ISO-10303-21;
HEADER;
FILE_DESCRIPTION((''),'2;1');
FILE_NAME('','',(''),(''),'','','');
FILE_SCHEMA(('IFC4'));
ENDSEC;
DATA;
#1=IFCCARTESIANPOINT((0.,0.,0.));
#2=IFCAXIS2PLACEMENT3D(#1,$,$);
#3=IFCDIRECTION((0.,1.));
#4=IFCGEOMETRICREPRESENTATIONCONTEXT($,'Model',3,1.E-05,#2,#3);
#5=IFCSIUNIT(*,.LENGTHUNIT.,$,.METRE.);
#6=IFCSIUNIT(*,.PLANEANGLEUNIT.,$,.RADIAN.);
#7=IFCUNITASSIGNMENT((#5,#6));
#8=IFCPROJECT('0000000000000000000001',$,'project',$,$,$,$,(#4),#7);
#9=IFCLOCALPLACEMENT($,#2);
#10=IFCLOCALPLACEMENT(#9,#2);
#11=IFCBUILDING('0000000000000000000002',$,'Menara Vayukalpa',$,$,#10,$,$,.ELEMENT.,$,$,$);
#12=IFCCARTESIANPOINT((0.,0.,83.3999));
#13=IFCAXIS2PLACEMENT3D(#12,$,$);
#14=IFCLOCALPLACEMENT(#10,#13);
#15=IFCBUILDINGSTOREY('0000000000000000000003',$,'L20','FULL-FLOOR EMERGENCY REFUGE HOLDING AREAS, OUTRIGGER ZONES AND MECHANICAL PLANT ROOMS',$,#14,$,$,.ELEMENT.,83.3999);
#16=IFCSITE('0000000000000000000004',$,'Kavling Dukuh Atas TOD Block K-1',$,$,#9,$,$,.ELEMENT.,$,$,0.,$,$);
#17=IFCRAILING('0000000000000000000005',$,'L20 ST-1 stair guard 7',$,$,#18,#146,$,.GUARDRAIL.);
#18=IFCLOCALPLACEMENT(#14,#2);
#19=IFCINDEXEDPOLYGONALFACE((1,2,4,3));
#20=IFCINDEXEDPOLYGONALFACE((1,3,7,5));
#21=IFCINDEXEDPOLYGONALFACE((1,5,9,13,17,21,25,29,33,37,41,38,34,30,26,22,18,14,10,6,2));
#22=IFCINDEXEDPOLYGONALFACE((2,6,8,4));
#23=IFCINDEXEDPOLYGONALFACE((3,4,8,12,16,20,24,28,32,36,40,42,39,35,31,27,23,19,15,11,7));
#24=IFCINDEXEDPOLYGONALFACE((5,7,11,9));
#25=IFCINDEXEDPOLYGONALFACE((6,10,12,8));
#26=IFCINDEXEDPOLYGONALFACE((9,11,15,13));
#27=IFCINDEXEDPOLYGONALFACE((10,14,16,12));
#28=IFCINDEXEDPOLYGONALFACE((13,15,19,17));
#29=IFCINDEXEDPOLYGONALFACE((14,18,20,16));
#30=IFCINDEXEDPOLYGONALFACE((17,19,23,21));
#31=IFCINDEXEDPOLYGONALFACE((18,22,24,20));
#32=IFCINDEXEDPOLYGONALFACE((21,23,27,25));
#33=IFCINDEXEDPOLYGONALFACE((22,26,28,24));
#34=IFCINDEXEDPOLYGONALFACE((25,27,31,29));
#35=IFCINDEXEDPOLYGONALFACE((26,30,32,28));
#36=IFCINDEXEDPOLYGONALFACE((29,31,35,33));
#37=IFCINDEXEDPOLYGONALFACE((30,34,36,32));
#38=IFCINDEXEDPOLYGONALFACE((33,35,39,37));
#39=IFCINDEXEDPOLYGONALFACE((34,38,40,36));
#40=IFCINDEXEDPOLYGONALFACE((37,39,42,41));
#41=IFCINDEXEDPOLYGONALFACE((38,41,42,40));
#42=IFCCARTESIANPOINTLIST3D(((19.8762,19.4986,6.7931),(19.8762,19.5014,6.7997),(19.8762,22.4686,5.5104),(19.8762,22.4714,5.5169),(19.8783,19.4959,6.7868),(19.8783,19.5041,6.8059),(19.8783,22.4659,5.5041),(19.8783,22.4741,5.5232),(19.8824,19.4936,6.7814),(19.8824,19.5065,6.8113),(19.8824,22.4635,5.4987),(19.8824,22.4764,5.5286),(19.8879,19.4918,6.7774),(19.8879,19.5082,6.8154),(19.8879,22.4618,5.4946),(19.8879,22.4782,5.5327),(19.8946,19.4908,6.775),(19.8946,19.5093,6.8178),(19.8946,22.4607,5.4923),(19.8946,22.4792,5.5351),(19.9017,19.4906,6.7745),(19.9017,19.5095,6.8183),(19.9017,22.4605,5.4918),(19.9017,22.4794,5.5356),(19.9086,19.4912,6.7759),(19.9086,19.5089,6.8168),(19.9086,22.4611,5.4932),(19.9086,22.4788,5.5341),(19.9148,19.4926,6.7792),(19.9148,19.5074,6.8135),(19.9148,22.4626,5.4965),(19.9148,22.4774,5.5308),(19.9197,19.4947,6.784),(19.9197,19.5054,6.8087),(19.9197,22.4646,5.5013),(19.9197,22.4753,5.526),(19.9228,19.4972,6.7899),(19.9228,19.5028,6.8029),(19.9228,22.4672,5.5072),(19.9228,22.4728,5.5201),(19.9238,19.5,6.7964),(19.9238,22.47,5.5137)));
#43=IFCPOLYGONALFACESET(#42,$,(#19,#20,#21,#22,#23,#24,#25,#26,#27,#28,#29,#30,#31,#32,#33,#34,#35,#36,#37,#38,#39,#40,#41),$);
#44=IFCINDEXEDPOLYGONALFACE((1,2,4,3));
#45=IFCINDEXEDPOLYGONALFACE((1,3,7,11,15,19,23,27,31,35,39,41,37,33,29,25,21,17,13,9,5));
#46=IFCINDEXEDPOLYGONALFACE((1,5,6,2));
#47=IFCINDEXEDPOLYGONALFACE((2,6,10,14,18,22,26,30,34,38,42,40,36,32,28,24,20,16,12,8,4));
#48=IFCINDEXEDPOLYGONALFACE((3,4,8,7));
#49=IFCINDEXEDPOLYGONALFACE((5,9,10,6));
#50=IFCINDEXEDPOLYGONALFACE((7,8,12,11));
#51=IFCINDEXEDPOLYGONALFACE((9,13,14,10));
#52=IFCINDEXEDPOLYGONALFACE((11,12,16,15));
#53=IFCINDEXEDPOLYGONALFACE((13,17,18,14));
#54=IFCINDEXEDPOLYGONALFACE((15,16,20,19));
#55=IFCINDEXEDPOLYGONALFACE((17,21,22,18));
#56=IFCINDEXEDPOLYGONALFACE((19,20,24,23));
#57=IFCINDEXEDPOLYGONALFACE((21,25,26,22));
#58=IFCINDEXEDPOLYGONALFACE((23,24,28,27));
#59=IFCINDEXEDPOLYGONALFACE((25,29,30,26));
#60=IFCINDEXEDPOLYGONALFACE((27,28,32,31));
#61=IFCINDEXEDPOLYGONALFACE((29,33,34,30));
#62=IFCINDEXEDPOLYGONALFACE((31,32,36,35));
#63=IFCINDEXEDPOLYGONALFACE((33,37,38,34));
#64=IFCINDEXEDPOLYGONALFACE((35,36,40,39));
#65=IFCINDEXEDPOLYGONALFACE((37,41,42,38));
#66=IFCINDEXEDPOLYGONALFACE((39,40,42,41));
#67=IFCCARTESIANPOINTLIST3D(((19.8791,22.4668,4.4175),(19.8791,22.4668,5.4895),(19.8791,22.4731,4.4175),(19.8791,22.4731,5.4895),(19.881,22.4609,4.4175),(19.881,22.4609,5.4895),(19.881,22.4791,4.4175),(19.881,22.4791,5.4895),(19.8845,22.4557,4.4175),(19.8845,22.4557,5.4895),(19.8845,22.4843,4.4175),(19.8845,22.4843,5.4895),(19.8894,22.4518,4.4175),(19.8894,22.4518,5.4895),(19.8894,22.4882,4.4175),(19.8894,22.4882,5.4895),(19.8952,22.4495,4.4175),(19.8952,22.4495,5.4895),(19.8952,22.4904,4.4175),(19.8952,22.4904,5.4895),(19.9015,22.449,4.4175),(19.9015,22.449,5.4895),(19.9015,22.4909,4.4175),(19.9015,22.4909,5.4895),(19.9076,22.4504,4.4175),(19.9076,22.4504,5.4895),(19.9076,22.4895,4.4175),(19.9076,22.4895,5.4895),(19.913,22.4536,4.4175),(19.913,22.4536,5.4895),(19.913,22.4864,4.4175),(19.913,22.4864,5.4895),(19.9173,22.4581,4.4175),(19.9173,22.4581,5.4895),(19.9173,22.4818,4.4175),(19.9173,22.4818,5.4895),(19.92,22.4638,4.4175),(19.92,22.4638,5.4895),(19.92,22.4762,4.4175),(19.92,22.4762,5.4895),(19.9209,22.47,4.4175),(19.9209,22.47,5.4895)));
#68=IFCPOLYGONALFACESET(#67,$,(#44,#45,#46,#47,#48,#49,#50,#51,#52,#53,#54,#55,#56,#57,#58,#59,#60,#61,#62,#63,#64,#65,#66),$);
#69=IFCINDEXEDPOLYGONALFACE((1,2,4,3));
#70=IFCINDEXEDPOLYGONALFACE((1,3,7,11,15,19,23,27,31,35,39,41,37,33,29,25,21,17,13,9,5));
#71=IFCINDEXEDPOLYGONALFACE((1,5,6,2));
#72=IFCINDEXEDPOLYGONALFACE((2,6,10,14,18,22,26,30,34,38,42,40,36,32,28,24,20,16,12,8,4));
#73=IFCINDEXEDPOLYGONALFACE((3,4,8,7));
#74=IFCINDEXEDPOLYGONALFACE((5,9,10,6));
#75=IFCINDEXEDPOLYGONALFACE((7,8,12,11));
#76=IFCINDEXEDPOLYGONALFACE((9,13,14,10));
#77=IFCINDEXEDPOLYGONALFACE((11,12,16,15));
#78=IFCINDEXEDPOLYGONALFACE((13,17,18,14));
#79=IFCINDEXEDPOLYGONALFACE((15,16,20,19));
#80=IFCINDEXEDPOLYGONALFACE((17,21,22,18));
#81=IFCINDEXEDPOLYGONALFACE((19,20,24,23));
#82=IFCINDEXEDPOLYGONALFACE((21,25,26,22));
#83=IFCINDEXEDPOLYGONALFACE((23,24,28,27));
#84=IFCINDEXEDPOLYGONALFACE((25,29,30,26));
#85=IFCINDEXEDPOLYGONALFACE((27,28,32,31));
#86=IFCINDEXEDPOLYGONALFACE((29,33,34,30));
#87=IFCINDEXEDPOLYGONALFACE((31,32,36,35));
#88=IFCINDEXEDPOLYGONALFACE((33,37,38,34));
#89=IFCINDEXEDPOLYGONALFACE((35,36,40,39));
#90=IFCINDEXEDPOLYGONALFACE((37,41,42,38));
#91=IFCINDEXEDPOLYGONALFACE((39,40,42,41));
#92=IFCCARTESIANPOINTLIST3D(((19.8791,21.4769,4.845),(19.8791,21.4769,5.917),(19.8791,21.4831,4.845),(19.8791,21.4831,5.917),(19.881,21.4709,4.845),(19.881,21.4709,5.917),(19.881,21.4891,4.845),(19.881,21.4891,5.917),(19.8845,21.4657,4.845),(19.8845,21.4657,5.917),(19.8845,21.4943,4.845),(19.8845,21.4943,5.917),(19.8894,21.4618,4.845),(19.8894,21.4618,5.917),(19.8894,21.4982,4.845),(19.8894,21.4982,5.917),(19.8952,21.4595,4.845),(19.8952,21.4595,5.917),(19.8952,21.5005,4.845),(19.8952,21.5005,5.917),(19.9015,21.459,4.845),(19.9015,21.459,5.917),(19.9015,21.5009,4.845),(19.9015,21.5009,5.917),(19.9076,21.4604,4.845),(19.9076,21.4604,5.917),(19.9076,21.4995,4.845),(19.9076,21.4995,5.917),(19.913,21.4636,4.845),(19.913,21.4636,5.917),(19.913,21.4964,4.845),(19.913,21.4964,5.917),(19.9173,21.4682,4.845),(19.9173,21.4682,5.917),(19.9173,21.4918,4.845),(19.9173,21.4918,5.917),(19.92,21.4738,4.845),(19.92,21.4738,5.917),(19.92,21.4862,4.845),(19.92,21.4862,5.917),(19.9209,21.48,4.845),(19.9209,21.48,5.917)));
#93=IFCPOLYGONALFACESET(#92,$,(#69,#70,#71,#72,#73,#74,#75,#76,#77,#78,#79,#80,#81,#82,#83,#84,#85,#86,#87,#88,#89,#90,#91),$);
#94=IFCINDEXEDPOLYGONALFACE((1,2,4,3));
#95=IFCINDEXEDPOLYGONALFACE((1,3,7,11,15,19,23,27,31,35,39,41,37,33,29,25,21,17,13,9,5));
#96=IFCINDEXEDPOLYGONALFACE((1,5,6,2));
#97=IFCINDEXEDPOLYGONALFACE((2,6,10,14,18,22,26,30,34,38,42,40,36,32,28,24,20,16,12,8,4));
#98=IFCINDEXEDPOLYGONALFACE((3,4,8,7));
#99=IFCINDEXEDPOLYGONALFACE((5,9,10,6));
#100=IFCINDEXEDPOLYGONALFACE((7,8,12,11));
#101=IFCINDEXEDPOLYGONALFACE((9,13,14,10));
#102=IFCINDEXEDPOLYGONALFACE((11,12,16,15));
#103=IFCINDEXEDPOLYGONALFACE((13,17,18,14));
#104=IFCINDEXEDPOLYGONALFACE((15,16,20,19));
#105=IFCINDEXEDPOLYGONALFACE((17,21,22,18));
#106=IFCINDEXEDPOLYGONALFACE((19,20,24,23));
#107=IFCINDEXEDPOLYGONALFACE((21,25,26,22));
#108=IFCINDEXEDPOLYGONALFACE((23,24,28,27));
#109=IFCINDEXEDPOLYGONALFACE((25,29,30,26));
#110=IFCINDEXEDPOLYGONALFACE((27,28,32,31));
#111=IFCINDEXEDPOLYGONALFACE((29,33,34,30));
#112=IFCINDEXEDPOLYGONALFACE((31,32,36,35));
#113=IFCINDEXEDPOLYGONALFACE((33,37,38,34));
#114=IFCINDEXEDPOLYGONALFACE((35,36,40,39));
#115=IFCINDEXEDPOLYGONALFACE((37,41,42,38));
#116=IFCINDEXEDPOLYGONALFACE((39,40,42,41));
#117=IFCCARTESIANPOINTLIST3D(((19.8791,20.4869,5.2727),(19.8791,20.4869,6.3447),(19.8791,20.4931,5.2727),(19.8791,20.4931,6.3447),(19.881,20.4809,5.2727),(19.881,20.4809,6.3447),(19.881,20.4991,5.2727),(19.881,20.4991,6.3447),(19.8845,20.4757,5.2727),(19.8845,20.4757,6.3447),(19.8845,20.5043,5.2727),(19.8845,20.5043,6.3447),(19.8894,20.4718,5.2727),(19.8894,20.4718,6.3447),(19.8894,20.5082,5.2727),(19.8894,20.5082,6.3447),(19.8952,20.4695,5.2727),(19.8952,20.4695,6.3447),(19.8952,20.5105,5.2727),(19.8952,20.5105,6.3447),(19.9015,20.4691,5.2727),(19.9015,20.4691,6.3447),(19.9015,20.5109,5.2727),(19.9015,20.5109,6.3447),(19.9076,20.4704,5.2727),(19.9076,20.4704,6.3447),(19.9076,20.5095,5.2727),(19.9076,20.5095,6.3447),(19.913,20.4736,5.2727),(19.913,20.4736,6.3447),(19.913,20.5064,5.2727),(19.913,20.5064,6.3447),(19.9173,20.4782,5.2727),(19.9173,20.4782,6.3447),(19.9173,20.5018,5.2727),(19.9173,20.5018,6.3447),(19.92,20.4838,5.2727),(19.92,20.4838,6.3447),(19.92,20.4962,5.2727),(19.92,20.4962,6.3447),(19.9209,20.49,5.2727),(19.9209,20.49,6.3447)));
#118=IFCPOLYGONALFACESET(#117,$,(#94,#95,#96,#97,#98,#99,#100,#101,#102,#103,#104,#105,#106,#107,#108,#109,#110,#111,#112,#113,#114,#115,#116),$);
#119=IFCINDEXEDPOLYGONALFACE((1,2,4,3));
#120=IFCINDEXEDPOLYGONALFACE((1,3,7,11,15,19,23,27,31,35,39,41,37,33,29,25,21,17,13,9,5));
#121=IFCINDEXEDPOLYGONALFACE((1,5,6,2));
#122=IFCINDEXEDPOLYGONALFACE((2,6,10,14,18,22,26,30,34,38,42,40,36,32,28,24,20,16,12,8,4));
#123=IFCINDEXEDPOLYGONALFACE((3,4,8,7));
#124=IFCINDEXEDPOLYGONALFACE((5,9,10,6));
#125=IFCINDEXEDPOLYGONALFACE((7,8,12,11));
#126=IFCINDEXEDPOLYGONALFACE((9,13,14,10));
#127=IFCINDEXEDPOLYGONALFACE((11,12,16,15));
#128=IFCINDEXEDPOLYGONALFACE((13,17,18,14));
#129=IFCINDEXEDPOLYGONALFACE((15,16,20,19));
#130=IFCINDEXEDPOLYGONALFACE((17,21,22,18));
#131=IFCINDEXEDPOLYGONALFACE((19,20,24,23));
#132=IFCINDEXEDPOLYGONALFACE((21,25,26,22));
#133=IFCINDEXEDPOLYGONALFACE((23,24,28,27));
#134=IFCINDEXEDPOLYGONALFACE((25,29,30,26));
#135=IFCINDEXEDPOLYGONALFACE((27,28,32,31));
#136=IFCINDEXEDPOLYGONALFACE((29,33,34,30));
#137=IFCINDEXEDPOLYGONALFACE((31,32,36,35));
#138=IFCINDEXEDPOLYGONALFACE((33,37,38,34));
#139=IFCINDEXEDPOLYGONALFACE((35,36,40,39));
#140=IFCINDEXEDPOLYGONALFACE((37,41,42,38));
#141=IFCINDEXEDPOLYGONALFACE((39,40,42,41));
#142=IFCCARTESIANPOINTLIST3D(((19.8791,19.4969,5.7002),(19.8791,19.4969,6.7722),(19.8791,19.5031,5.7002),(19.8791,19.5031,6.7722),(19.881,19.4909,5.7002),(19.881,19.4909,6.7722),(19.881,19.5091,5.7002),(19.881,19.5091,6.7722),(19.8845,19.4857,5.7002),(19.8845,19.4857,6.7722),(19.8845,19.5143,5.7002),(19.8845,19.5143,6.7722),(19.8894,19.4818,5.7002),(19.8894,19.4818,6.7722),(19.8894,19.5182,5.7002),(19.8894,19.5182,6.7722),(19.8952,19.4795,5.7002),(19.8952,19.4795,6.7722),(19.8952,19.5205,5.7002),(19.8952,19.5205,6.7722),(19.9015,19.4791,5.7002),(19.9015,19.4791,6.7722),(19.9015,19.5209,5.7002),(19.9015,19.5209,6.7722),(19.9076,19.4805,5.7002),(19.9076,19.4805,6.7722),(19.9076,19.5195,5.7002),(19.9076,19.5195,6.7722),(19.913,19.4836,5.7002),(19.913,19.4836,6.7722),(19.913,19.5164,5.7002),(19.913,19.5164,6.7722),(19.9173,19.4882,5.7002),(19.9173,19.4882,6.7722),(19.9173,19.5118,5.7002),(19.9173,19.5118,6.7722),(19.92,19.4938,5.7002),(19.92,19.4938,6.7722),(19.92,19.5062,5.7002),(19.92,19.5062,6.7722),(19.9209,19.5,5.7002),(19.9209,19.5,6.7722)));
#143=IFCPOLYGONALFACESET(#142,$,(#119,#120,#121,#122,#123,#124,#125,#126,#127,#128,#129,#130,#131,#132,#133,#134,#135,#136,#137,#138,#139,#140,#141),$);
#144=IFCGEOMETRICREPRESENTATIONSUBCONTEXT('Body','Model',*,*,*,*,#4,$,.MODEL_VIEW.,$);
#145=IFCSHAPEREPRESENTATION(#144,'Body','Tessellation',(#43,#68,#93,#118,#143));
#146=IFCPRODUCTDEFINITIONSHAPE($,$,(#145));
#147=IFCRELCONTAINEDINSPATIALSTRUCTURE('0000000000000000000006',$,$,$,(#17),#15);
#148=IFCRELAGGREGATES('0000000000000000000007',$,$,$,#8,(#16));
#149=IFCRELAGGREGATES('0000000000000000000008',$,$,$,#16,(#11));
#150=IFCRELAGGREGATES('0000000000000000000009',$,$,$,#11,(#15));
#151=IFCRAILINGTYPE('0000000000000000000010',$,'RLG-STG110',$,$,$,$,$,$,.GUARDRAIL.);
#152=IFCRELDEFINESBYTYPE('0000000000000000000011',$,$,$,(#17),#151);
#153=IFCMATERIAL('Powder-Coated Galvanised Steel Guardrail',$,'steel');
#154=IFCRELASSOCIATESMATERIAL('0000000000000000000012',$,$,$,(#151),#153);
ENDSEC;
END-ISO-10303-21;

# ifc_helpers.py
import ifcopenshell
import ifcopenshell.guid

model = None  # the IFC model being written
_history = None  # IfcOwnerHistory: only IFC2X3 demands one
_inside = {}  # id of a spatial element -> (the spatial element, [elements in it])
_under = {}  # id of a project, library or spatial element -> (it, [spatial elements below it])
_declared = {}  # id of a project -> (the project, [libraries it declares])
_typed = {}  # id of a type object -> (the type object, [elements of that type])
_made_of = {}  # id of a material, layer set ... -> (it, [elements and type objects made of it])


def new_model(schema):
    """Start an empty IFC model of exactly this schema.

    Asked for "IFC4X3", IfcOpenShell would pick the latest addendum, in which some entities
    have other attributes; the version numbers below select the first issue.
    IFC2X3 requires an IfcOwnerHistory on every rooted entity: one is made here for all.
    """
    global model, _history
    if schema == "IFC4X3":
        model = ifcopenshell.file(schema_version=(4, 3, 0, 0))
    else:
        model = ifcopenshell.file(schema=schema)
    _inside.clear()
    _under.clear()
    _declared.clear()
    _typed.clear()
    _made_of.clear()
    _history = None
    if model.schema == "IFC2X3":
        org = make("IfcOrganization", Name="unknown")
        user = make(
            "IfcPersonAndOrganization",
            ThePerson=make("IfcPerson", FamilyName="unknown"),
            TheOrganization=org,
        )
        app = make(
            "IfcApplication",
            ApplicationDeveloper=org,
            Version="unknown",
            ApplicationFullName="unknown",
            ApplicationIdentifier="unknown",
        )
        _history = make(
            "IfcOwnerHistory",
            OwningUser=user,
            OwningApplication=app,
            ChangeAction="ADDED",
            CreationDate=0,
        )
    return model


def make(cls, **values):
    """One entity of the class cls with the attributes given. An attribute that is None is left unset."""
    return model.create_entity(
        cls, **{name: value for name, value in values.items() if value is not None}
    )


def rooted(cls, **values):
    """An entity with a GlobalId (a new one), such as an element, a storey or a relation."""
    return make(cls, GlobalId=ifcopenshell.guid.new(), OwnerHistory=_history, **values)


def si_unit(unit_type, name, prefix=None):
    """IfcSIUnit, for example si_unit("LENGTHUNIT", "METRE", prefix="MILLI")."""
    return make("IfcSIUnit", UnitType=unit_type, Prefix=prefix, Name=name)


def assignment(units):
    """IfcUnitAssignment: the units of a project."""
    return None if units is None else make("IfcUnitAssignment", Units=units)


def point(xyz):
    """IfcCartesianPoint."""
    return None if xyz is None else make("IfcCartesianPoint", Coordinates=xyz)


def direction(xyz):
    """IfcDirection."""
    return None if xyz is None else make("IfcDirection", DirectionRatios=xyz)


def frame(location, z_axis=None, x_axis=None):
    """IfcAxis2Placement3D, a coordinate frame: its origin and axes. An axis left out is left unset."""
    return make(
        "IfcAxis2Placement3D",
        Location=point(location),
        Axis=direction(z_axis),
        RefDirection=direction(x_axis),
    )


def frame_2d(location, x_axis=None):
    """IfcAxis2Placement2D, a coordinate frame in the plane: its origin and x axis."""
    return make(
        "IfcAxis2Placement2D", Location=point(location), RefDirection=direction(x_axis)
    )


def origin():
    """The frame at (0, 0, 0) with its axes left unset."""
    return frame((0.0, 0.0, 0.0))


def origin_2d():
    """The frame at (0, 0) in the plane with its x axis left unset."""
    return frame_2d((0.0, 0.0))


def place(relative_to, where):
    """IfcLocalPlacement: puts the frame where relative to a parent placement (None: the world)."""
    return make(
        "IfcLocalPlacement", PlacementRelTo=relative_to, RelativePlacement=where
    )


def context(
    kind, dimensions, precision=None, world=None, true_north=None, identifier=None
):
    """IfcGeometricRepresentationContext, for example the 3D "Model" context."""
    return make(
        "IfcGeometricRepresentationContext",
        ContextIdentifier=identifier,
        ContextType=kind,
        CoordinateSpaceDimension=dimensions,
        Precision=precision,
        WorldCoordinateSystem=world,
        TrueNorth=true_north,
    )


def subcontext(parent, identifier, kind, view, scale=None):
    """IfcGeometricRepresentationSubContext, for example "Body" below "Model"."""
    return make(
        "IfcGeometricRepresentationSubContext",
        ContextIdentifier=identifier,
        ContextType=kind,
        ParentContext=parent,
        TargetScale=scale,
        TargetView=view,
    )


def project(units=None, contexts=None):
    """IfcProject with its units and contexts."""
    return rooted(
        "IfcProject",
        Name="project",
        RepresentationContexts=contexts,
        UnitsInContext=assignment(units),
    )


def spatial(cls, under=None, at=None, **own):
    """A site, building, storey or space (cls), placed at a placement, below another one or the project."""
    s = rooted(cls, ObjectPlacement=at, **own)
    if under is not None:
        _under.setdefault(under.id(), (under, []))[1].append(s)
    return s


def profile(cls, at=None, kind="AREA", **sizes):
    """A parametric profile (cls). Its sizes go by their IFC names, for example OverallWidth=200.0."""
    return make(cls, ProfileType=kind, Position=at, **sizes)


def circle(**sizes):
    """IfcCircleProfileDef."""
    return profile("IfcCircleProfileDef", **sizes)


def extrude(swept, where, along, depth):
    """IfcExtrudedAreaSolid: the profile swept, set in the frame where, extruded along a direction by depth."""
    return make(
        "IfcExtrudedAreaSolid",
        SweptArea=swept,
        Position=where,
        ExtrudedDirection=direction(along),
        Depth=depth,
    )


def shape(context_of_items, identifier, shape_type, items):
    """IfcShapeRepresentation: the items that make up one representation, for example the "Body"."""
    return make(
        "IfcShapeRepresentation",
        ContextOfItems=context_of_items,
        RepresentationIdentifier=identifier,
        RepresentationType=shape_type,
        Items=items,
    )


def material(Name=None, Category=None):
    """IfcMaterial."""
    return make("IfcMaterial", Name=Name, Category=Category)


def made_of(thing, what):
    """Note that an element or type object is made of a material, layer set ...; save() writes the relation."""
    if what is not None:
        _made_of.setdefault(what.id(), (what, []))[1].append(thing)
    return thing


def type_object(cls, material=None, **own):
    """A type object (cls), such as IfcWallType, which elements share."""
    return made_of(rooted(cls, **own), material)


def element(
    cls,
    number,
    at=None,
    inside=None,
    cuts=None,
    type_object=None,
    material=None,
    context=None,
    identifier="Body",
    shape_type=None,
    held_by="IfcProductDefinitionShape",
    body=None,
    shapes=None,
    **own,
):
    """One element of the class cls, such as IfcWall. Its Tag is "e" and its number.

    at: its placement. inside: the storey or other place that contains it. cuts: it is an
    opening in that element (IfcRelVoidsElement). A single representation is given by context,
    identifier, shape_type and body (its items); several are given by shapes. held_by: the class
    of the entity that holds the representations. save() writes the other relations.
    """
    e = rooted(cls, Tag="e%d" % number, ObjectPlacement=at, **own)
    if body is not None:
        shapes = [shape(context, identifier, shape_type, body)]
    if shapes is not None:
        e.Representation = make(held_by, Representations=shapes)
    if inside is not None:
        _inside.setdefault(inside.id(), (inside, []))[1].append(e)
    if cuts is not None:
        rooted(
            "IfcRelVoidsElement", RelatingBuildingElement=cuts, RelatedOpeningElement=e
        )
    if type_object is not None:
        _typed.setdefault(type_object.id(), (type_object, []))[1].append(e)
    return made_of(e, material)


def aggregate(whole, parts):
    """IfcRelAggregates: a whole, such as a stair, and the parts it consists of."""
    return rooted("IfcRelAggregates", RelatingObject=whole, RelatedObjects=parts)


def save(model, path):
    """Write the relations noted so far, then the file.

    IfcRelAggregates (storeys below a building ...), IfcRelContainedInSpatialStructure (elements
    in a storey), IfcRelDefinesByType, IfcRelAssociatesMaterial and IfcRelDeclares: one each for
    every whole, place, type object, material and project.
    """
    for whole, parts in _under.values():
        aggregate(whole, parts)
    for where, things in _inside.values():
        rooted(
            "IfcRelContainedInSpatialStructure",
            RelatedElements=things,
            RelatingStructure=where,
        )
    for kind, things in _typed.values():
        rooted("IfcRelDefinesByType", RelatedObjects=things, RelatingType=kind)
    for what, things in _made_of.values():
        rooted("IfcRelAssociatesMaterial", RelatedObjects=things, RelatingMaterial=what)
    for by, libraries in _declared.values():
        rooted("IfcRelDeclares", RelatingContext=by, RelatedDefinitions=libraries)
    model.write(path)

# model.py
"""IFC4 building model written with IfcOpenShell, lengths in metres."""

from ifc_helpers import new_model, si_unit, direction, frame, origin, origin_2d, place, context, subcontext, project, spatial, circle, extrude, material, type_object, element, save


model = new_model("IFC4")

# Units and contexts
model_context = context("Model", 3, precision=1e-05, world=origin(), true_north=direction((0.0, 1.0)))
body_context = subcontext(model_context, "Body", "Model", "MODEL_VIEW")
ifc_project = project(units=[si_unit("LENGTHUNIT", "METRE"), si_unit("PLANEANGLEUNIT", "RADIAN")], contexts=[model_context])

# Site, building, storey
site_placement = place(None, origin())
site = spatial("IfcSite", under=ifc_project, at=site_placement, Name="Kavling Dukuh Atas TOD Block K-1", CompositionType="ELEMENT", RefElevation=0.0)
building_placement = place(site_placement, origin())
building = spatial("IfcBuilding", under=site, at=building_placement, Name="Menara Vayukalpa", CompositionType="ELEMENT")
storey_placement = place(building_placement, frame((0.0, 0.0, 83.3999)))
storey = spatial("IfcBuildingStorey", under=building, at=storey_placement, Name="L20", Description="FULL-FLOOR EMERGENCY REFUGE HOLDING AREAS, OUTRIGGER ZONES AND MECHANICAL PLANT ROOMS", CompositionType="ELEMENT", Elevation=83.3999)

# Railing
ifc_material_1 = material(Name="Powder-Coated Galvanised Steel Guardrail", Category="steel")
railing_type_1 = type_object("IfcRailingType", Name="RLG-STG110", PredefinedType="GUARDRAIL", material=ifc_material_1)
railing_1_placement = place(storey_placement, frame((19.8999, 22.47, 4.4175)))
element("IfcRailing", 1, at=railing_1_placement, inside=storey, type_object=railing_type_1, Name="L20 ST-1 stair guard 7", PredefinedType="GUARDRAIL", context=body_context, shape_type="SweptSolid", body=[
    extrude(circle(Radius=0.0239, at=origin_2d()), frame((0.0, 0.0, 1.0962), z_axis=(0.0, -0.918037, 0.396495), x_axis=(1.0, 0.0, 0.0)), (0.0, 0.0, 1.0), 3.2351),
    extrude(circle(Radius=0.021, at=origin_2d()), origin(), (0.0, 0.0, 1.0), 1.072),
    extrude(circle(Radius=0.021, at=origin_2d()), frame((0.0, -0.99, 0.4275)), (0.0, 0.0, 1.0), 1.072),
    extrude(circle(Radius=0.021, at=origin_2d()), frame((0.0, -1.98, 0.8552)), (0.0, 0.0, 1.0), 1.072),
    extrude(circle(Radius=0.021, at=origin_2d()), frame((0.0, -2.97, 1.2827)), (0.0, 0.0, 1.0), 1.072),
])

save(model, "model.ifc")
